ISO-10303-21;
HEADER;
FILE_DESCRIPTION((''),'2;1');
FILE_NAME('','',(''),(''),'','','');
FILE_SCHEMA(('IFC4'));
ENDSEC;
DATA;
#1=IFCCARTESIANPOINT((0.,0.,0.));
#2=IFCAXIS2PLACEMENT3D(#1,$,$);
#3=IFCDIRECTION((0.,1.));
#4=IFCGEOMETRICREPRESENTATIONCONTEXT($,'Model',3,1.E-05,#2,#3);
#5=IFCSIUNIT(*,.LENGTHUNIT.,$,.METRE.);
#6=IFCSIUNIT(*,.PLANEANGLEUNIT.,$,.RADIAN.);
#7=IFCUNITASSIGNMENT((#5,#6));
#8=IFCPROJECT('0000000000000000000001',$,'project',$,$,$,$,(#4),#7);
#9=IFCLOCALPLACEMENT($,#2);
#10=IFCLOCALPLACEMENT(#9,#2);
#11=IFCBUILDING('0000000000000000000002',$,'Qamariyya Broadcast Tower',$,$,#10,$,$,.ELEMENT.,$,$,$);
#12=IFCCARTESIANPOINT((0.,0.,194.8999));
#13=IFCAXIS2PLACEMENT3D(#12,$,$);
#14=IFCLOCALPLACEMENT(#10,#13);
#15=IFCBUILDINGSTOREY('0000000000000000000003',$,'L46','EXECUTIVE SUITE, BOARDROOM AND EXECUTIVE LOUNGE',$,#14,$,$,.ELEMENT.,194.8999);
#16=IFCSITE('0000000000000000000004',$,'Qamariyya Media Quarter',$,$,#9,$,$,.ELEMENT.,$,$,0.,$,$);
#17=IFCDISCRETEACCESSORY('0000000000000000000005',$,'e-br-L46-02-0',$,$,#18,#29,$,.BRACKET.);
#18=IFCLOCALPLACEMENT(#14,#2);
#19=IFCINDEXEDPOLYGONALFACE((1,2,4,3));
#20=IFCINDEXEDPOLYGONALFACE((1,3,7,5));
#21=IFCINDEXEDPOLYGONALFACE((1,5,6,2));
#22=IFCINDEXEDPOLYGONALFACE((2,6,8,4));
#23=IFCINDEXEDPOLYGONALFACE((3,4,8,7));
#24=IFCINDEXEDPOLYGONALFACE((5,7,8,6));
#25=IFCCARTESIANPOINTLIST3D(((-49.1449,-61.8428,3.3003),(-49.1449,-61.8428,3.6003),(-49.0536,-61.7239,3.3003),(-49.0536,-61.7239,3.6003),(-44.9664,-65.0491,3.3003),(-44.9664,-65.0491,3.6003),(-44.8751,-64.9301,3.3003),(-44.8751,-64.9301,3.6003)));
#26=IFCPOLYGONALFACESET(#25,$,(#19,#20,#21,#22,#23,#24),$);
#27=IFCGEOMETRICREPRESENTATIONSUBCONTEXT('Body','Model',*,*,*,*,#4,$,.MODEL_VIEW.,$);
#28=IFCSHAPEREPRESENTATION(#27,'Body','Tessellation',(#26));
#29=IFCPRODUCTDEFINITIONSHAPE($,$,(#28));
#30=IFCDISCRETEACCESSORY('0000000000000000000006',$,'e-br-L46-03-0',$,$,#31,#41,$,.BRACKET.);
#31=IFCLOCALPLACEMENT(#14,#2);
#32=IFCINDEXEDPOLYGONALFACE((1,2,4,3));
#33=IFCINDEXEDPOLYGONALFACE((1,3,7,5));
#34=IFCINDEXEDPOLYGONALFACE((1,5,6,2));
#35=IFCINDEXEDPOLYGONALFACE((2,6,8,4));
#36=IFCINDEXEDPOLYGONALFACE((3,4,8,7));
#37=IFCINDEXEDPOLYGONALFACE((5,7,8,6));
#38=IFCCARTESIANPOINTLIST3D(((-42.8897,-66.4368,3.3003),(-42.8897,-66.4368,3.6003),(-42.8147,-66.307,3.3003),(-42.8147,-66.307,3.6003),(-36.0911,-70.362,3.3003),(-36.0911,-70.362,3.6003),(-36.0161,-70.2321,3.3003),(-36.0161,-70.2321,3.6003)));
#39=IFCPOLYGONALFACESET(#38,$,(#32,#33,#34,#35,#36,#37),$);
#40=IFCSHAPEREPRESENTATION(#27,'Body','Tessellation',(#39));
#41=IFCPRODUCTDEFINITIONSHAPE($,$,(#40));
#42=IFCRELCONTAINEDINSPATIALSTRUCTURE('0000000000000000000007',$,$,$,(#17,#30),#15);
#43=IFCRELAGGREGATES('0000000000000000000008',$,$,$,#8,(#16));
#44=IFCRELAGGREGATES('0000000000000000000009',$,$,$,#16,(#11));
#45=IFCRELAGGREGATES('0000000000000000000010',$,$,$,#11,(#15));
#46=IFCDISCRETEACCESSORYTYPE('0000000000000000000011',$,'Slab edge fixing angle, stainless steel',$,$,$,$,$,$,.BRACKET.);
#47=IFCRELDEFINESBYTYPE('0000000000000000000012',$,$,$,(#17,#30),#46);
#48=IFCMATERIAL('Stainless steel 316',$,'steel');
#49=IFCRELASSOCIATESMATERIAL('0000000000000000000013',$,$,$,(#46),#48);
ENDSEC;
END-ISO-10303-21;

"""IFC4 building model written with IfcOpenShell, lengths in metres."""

from ifc_helpers import new_model, si_unit, direction, frame, origin, origin_2d, place, context, subcontext, project, spatial, rectangle, extrude, material, type_object, element, save


model = new_model("IFC4")

# Units and contexts
model_context = context("Model", 3, precision=1e-05, world=origin(), true_north=direction((0.0, 1.0)))
body_context = subcontext(model_context, "Body", "Model", "MODEL_VIEW")
ifc_project = project(units=[si_unit("LENGTHUNIT", "METRE"), si_unit("PLANEANGLEUNIT", "RADIAN")], contexts=[model_context])

# Site, building, storey
site_placement = place(None, origin())
site = spatial("IfcSite", under=ifc_project, at=site_placement, Name="Qamariyya Media Quarter", CompositionType="ELEMENT", RefElevation=0.0)
building_placement = place(site_placement, origin())
building = spatial("IfcBuilding", under=site, at=building_placement, Name="Qamariyya Broadcast Tower", CompositionType="ELEMENT")
storey_placement = place(building_placement, frame((0.0, 0.0, 194.8999)))
storey = spatial("IfcBuildingStorey", under=building, at=storey_placement, Name="L46", Description="EXECUTIVE SUITE, BOARDROOM AND EXECUTIVE LOUNGE", CompositionType="ELEMENT", Elevation=194.8999)

# Discrete accessories
ifc_material_1 = material(Name="Stainless steel 316", Category="steel")
discrete_accessory_type = type_object("IfcDiscreteAccessoryType", Name="Slab edge fixing angle, stainless steel", PredefinedType="BRACKET", material=ifc_material_1)
discrete_accessory_1_placement = place(storey_placement, frame((-47.01, -63.3865, 3.3003), z_axis=(0.0, 0.0, 1.0), x_axis=(0.793353, -0.608761, 0.0)))
element("IfcDiscreteAccessory", 1, at=discrete_accessory_1_placement, inside=storey, type_object=discrete_accessory_type, Name="e-br-L46-02-0", PredefinedType="BRACKET", context=body_context, shape_type="SweptSolid", body=[
    extrude(rectangle(XDim=5.2668, YDim=0.1499, at=origin_2d()), origin(), (0.0, 0.0, 1.0), 0.3),
])
discrete_accessory_2_placement = place(storey_placement, frame((-39.4529, -68.3345, 3.3003), z_axis=(0.0, 0.0, 1.0), x_axis=(0.866025, -0.5, 0.0)))
element("IfcDiscreteAccessory", 2, at=discrete_accessory_2_placement, inside=storey, type_object=discrete_accessory_type, Name="e-br-L46-03-0", PredefinedType="BRACKET", context=body_context, shape_type="SweptSolid", body=[
    extrude(rectangle(XDim=7.8503, YDim=0.1499, at=origin_2d()), origin(), (0.0, 0.0, 1.0), 0.3),
])

save(model, "model.ifc")
